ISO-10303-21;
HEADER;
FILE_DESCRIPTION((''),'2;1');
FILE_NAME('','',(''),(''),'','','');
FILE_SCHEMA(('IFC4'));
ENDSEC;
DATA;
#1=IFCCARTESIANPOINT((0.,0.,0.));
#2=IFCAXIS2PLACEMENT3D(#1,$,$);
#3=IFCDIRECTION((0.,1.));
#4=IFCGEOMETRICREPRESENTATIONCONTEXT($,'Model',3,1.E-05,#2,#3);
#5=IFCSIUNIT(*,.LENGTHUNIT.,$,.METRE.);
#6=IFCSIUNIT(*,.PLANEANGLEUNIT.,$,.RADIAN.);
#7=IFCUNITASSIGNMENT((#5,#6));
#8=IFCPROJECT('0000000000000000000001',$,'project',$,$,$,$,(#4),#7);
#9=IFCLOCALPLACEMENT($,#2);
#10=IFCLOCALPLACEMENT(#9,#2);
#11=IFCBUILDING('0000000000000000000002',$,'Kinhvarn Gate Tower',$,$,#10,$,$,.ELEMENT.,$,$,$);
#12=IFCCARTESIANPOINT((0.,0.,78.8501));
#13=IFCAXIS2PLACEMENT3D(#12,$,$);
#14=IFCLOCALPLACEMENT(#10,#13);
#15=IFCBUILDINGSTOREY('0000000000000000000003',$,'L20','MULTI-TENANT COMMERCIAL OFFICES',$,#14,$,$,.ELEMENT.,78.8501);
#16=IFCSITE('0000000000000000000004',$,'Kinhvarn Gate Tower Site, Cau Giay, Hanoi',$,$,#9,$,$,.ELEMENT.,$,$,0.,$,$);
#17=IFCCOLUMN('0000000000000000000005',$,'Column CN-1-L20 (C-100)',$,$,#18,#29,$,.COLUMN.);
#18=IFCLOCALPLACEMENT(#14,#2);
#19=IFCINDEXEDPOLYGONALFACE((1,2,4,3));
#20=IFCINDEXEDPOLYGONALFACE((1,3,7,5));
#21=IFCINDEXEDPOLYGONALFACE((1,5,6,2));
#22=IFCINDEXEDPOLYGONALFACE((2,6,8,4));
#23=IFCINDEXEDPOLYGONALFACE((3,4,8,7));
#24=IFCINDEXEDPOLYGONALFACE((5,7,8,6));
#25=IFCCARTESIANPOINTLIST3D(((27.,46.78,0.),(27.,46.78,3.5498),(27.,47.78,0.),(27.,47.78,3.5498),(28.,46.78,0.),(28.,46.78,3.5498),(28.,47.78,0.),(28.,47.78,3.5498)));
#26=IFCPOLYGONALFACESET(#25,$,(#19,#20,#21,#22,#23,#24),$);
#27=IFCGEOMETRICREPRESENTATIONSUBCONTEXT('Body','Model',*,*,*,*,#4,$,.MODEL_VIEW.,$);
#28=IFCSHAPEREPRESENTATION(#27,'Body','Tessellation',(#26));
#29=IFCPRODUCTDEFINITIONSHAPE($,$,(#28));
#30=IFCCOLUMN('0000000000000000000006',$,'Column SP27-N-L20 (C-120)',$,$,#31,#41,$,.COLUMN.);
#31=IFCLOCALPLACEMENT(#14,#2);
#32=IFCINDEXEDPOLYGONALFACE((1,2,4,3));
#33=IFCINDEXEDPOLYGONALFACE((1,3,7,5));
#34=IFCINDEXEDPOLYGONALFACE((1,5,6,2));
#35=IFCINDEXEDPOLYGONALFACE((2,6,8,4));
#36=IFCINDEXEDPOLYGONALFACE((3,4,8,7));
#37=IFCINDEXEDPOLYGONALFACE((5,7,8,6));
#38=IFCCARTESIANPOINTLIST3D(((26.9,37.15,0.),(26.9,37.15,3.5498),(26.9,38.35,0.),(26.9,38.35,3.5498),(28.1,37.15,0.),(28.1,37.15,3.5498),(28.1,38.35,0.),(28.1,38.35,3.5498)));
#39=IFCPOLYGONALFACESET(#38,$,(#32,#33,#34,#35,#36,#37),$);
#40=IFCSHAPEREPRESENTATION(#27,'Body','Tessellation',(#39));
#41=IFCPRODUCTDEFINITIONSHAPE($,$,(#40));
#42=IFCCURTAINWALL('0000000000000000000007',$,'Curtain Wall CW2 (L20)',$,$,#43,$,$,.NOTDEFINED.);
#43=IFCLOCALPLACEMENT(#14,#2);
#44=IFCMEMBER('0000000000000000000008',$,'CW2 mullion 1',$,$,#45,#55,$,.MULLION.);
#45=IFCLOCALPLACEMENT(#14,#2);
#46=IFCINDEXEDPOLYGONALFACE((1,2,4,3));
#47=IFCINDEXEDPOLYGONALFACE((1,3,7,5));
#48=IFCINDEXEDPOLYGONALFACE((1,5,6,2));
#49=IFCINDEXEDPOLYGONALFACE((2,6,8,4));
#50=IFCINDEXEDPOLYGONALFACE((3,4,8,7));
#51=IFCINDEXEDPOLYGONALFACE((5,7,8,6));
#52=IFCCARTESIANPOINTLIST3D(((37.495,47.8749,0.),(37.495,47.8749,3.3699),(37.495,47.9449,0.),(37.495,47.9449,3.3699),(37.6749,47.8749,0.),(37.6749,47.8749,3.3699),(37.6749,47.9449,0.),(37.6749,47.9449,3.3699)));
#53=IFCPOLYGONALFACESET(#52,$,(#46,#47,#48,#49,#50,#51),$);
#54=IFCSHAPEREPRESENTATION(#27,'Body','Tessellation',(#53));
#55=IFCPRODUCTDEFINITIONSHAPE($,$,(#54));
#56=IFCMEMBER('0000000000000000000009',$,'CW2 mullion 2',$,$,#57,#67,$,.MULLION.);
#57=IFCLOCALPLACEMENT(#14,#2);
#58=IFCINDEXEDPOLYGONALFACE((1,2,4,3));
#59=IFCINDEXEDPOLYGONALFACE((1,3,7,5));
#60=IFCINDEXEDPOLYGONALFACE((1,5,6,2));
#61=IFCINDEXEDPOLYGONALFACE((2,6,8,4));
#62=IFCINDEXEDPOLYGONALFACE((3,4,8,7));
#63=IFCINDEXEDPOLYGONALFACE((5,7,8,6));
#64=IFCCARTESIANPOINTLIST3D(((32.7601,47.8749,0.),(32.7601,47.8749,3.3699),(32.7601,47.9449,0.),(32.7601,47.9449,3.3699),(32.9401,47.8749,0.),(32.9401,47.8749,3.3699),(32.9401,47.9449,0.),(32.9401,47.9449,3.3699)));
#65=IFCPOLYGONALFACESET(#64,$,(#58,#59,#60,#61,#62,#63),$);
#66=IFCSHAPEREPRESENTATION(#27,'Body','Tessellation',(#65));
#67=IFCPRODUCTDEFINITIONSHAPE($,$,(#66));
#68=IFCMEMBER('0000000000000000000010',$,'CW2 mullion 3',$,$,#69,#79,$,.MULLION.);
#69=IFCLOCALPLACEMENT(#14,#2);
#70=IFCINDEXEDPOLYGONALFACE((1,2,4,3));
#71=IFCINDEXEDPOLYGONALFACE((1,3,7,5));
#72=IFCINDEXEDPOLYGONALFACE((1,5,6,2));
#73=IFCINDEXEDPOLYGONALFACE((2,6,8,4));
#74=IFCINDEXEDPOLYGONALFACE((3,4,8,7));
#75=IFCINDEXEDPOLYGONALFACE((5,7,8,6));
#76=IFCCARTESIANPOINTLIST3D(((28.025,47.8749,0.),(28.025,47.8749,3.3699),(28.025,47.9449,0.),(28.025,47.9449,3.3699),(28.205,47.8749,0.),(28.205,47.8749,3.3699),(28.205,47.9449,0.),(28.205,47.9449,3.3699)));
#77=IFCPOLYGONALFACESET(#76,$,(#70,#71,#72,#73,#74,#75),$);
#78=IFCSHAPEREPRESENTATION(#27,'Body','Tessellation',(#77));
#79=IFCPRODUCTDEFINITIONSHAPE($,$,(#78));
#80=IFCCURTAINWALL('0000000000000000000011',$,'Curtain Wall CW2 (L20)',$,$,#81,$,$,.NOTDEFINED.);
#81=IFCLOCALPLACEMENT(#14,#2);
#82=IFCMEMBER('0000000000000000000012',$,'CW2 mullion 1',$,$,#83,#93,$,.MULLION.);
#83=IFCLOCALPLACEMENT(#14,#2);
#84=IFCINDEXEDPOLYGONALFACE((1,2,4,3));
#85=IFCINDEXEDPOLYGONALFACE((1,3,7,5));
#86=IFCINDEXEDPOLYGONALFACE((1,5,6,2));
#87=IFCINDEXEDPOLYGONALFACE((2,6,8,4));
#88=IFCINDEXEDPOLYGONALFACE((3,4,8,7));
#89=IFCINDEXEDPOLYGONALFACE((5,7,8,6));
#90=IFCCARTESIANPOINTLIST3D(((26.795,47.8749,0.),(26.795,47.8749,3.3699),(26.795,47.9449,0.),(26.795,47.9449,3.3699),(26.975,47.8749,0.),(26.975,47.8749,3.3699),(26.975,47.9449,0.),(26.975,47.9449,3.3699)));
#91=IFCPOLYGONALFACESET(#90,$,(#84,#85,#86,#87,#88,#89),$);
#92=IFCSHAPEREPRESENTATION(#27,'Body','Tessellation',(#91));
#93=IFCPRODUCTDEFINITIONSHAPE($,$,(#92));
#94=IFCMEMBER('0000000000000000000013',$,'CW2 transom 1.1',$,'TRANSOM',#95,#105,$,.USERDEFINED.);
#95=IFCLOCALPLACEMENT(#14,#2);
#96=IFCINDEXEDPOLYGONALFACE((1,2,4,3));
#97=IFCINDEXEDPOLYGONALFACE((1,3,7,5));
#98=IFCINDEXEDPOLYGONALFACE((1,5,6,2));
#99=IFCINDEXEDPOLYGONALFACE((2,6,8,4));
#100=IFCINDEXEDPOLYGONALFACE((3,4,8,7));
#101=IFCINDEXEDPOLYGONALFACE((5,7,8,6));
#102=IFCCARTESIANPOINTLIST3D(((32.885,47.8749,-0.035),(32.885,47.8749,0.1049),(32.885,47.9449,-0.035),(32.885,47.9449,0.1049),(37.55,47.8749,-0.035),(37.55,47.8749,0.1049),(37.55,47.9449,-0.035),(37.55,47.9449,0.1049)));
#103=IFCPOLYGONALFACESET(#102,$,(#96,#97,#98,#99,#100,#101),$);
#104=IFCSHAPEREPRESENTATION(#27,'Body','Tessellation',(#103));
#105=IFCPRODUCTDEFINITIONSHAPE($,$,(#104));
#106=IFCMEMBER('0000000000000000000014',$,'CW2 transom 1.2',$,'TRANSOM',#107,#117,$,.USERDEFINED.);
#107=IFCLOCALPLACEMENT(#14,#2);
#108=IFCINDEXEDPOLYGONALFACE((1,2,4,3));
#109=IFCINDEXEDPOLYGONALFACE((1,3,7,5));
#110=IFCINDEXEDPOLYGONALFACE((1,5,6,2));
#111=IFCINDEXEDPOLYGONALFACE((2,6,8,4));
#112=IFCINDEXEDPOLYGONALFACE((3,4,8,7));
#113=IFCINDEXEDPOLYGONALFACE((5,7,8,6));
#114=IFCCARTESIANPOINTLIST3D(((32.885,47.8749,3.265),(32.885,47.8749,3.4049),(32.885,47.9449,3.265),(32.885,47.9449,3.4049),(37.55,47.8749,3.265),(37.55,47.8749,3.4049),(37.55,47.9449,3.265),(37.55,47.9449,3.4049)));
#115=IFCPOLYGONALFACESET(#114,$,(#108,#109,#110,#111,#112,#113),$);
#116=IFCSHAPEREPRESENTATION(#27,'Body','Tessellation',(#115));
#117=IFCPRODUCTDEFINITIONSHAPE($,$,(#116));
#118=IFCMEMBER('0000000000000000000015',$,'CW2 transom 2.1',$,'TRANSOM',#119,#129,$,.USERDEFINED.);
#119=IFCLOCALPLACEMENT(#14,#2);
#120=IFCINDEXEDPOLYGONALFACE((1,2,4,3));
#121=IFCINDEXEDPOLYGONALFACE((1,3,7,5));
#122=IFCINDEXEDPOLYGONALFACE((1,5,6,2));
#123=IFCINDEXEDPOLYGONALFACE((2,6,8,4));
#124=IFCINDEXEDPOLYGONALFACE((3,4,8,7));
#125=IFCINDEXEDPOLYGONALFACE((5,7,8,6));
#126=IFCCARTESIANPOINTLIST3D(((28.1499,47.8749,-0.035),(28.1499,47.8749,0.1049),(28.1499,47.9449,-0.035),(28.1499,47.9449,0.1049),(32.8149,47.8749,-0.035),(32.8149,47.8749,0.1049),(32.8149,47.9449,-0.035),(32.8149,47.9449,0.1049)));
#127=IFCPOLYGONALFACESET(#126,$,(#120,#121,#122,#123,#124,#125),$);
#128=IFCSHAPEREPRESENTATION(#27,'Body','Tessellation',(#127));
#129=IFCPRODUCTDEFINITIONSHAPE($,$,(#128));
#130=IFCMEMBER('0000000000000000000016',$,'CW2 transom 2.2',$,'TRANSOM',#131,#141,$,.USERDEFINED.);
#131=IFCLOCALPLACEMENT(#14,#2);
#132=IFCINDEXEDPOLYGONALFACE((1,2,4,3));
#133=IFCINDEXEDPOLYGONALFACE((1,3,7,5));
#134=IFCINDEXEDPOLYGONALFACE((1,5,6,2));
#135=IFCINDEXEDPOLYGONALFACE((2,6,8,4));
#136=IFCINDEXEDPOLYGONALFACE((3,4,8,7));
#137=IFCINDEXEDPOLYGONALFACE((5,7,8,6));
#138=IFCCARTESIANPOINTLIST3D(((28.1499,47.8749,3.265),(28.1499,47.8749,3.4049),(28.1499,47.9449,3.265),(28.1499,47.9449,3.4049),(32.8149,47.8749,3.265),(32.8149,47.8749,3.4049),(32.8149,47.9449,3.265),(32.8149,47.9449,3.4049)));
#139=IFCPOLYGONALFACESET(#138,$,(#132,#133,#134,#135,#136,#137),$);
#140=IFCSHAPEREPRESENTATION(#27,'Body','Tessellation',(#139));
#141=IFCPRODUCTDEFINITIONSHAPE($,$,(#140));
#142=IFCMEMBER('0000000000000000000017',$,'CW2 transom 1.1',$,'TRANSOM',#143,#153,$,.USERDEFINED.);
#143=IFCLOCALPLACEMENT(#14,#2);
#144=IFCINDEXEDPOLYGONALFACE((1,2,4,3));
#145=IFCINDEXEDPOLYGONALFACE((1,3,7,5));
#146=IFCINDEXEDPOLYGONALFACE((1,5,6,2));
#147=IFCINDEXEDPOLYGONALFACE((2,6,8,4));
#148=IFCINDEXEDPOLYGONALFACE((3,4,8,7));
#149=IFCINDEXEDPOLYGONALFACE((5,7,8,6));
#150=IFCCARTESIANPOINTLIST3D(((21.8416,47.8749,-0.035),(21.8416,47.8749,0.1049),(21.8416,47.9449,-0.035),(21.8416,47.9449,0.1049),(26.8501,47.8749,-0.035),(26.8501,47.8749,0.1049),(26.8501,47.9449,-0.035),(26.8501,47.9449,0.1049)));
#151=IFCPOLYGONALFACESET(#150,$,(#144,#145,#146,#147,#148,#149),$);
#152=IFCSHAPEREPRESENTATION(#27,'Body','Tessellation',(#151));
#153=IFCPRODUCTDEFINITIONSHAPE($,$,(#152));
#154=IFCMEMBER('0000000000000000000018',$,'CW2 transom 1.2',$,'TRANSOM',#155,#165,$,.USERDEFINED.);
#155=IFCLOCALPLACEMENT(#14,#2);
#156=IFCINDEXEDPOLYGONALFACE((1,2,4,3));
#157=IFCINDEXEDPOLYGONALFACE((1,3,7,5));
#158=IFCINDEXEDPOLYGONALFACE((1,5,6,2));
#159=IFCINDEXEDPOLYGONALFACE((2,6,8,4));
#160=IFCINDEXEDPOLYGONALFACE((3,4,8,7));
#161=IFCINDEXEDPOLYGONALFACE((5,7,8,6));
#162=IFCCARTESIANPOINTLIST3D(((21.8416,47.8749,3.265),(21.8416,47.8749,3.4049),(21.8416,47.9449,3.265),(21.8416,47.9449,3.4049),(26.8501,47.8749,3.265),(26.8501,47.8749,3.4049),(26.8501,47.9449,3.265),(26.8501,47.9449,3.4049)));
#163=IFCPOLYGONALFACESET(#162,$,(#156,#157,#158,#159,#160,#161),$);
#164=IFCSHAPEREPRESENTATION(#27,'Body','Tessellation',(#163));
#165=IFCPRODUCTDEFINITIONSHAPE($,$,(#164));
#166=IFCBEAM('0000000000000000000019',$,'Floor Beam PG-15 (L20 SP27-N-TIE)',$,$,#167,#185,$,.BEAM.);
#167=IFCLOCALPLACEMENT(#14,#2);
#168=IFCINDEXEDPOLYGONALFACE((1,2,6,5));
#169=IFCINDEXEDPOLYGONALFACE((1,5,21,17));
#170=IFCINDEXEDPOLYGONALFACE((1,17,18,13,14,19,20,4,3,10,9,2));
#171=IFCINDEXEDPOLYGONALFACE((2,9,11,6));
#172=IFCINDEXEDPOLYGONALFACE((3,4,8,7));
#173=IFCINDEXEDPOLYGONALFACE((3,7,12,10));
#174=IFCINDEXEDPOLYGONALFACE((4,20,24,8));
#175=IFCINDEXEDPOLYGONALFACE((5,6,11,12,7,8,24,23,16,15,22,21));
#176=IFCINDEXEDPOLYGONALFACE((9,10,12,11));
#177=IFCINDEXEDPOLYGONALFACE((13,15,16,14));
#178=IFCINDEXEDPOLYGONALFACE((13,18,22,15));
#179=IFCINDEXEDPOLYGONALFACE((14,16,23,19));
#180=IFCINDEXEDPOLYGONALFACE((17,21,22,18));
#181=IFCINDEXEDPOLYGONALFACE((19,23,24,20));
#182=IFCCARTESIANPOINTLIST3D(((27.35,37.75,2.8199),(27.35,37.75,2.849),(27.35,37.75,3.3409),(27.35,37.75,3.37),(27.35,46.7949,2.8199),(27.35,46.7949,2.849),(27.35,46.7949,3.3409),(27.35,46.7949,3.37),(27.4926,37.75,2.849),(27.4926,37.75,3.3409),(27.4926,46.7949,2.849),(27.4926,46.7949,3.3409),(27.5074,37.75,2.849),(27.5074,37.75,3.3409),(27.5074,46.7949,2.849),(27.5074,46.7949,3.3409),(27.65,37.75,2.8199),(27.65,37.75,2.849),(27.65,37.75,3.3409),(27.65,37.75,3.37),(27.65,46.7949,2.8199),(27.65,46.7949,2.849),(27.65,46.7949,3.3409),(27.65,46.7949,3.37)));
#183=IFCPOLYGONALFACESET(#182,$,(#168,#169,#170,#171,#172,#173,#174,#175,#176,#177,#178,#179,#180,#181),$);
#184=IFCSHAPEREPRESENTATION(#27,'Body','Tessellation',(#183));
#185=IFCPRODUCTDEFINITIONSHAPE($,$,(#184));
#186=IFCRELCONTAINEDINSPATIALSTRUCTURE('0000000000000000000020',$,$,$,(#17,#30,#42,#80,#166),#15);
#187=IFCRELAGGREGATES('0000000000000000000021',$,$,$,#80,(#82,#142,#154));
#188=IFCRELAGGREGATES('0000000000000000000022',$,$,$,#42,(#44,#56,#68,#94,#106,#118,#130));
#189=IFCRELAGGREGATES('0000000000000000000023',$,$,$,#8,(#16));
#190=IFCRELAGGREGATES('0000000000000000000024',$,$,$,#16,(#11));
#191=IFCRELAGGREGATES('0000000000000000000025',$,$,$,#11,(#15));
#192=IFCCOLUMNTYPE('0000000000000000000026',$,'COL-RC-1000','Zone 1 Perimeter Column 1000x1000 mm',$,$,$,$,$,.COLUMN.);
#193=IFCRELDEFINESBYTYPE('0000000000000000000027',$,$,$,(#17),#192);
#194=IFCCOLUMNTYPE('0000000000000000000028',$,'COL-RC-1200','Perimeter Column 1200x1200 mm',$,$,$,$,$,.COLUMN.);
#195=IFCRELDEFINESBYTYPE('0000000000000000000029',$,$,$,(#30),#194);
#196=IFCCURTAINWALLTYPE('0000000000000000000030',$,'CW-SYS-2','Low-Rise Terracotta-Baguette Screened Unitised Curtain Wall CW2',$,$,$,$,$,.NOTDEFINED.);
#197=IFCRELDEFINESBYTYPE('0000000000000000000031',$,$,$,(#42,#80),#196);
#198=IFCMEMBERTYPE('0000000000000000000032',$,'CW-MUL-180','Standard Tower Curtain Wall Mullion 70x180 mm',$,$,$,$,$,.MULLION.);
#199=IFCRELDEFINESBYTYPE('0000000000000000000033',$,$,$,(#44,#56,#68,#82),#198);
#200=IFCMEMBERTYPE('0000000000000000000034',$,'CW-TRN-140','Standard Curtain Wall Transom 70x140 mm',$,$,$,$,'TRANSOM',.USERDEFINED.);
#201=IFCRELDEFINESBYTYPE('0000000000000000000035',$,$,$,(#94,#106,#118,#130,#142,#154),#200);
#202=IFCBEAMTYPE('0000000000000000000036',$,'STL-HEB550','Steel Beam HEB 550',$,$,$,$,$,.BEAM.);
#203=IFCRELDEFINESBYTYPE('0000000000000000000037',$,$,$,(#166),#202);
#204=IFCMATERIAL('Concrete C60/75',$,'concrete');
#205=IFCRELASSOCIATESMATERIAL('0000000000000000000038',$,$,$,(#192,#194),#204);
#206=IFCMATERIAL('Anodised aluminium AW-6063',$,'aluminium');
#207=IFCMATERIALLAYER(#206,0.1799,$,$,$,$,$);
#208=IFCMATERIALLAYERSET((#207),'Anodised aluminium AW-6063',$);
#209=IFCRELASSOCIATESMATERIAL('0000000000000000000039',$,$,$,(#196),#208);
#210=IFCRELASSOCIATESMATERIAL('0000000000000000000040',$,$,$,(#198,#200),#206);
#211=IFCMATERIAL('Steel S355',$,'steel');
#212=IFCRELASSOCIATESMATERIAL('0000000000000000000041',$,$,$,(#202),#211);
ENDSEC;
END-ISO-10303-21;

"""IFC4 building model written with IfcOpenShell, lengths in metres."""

from ifc_helpers import new_model, si_unit, direction, frame, origin, origin_2d, place, context, subcontext, project, spatial, rectangle, i_section, extrude, material, layer, layer_set, material_profile, profile_set, type_object, element, aggregate, save


model = new_model("IFC4")

# Units and contexts
model_context = context("Model", 3, precision=1e-05, world=origin(), true_north=direction((0.0, 1.0)))
body_context = subcontext(model_context, "Body", "Model", "MODEL_VIEW")
ifc_project = project(units=[si_unit("LENGTHUNIT", "METRE"), si_unit("PLANEANGLEUNIT", "RADIAN")], contexts=[model_context])

# Site, building, storey
site_placement = place(None, origin())
site = spatial("IfcSite", under=ifc_project, at=site_placement, Name="Kinhvarn Gate Tower Site, Cau Giay, Hanoi", CompositionType="ELEMENT", RefElevation=0.0)
building_placement = place(site_placement, origin())
building = spatial("IfcBuilding", under=site, at=building_placement, Name="Kinhvarn Gate Tower", CompositionType="ELEMENT")
storey_placement = place(building_placement, frame((0.0, 0.0, 78.8501)))
storey = spatial("IfcBuildingStorey", under=building, at=storey_placement, Name="L20", Description="MULTI-TENANT COMMERCIAL OFFICES", CompositionType="ELEMENT", Elevation=78.8501)

# Columns
ifc_material_1 = material(Name="Concrete C60/75", Category="concrete")
ifc_material_profile_1 = material_profile(ifc_material_1, rectangle(XDim=1.0, YDim=1.0, at=origin_2d()), Name="RC 1000x1000")
ifc_profile_set_1 = profile_set([ifc_material_profile_1], Name="Concrete C60/75")
column_type_1 = type_object("IfcColumnType", Name="COL-RC-1000", Description="Zone 1 Perimeter Column 1000x1000 mm", PredefinedType="COLUMN", material=ifc_profile_set_1)
column_1_placement = place(storey_placement, frame((27.5, 47.28, 0.0), z_axis=(0.0, 0.0, 1.0), x_axis=(1.0, 0.0, 0.0)))
element("IfcColumn", 1, at=column_1_placement, inside=storey, type_object=column_type_1, Name="Column CN-1-L20 (C-100)", PredefinedType="COLUMN", context=body_context, shape_type="SweptSolid", body=[
    extrude(rectangle(XDim=1.0, YDim=1.0, at=origin_2d()), origin(), (0.0, 0.0, 1.0), 3.5498),
])
ifc_material_profile_2 = material_profile(ifc_material_1, rectangle(XDim=1.2, YDim=1.2, at=origin_2d()), Name="RC 1200x1200")
ifc_profile_set_2 = profile_set([ifc_material_profile_2], Name="Concrete C60/75")
column_type_2 = type_object("IfcColumnType", Name="COL-RC-1200", Description="Perimeter Column 1200x1200 mm", PredefinedType="COLUMN", material=ifc_profile_set_2)
column_2_placement = place(storey_placement, frame((27.5, 37.75, 0.0), z_axis=(0.0, 0.0, 1.0), x_axis=(1.0, 0.0, 0.0)))
element("IfcColumn", 2, at=column_2_placement, inside=storey, type_object=column_type_2, Name="Column SP27-N-L20 (C-120)", PredefinedType="COLUMN", context=body_context, shape_type="SweptSolid", body=[
    extrude(rectangle(XDim=1.2, YDim=1.2, at=origin_2d()), origin(), (0.0, 0.0, 1.0), 3.5498),
])

# Curtain wall, members
ifc_material_2 = material(Name="Anodised aluminium AW-6063", Category="aluminium")
ifc_layer_1 = layer(ifc_material_2, 0.1799)
ifc_layer_set_1 = layer_set([ifc_layer_1], Name="Anodised aluminium AW-6063")
curtain_wall_type = type_object("IfcCurtainWallType", Name="CW-SYS-2", Description="Low-Rise Terracotta-Baguette Screened Unitised Curtain Wall CW2", PredefinedType="NOTDEFINED", material=ifc_layer_set_1)
curtain_wall_1_placement = place(storey_placement, origin())
curtain_wall_1 = element("IfcCurtainWall", 3, at=curtain_wall_1_placement, inside=storey, type_object=curtain_wall_type, Name="Curtain Wall CW2 (L20)", PredefinedType="NOTDEFINED")
ifc_material_profile_3 = material_profile(ifc_material_2, rectangle(XDim=0.0701, YDim=0.1799, at=origin_2d()), Name="ALU 70x180")
ifc_profile_set_3 = profile_set([ifc_material_profile_3], Name="Anodised aluminium AW-6063")
member_type_1 = type_object("IfcMemberType", Name="CW-MUL-180", Description="Standard Tower Curtain Wall Mullion 70x180 mm", PredefinedType="MULLION", material=ifc_profile_set_3)
member_1_placement = place(storey_placement, frame((37.585, 47.9099, 0.0), z_axis=(0.0, 0.0, 1.0), x_axis=(0.0, -1.0, 0.0)))
member_1 = element("IfcMember", 4, at=member_1_placement, type_object=member_type_1, Name="CW2 mullion 1", PredefinedType="MULLION", context=body_context, shape_type="SweptSolid", body=[
    extrude(rectangle(XDim=0.0701, YDim=0.1799, at=origin_2d()), origin(), (0.0, 0.0, 1.0), 3.3699),
])
member_2_placement = place(storey_placement, frame((32.8501, 47.9099, 0.0), z_axis=(0.0, 0.0, 1.0), x_axis=(0.0, -1.0, 0.0)))
member_2 = element("IfcMember", 5, at=member_2_placement, type_object=member_type_1, Name="CW2 mullion 2", PredefinedType="MULLION", context=body_context, shape_type="SweptSolid", body=[
    extrude(rectangle(XDim=0.0701, YDim=0.1799, at=origin_2d()), origin(), (0.0, 0.0, 1.0), 3.3699),
])
member_3_placement = place(storey_placement, frame((28.115, 47.9099, 0.0), z_axis=(0.0, 0.0, 1.0), x_axis=(0.0, -1.0, 0.0)))
member_3 = element("IfcMember", 6, at=member_3_placement, type_object=member_type_1, Name="CW2 mullion 3", PredefinedType="MULLION", context=body_context, shape_type="SweptSolid", body=[
    extrude(rectangle(XDim=0.0701, YDim=0.1799, at=origin_2d()), origin(), (0.0, 0.0, 1.0), 3.3699),
])

# Curtain wall, member
curtain_wall_2_placement = place(storey_placement, origin())
curtain_wall_2 = element("IfcCurtainWall", 7, at=curtain_wall_2_placement, inside=storey, type_object=curtain_wall_type, Name="Curtain Wall CW2 (L20)", PredefinedType="NOTDEFINED")
member_4_placement = place(storey_placement, frame((26.885, 47.9099, 0.0), z_axis=(0.0, 0.0, 1.0), x_axis=(0.0, -1.0, 0.0)))
member_4 = element("IfcMember", 8, at=member_4_placement, type_object=member_type_1, Name="CW2 mullion 1", PredefinedType="MULLION", context=body_context, shape_type="SweptSolid", body=[
    extrude(rectangle(XDim=0.0701, YDim=0.1799, at=origin_2d()), origin(), (0.0, 0.0, 1.0), 3.3699),
])

# Members
ifc_material_profile_4 = material_profile(ifc_material_2, rectangle(XDim=0.0701, YDim=0.1399, at=origin_2d()), Name="ALU 70x140")
ifc_profile_set_4 = profile_set([ifc_material_profile_4], Name="Anodised aluminium AW-6063")
member_type_2 = type_object("IfcMemberType", Name="CW-TRN-140", Description="Standard Curtain Wall Transom 70x140 mm", ElementType="TRANSOM", PredefinedType="USERDEFINED", material=ifc_profile_set_4)
member_5_placement = place(storey_placement, frame((37.55, 47.9099, 0.0349), z_axis=(-1.0, 0.0, 0.0), x_axis=(0.0, -1.0, 0.0)))
member_5 = element("IfcMember", 9, at=member_5_placement, type_object=member_type_2, Name="CW2 transom 1.1", ObjectType="TRANSOM", PredefinedType="USERDEFINED", context=body_context, shape_type="SweptSolid", body=[
    extrude(rectangle(XDim=0.0701, YDim=0.1399, at=origin_2d()), origin(), (0.0, 0.0, 1.0), 4.665),
])
member_6_placement = place(storey_placement, frame((37.55, 47.9099, 3.335), z_axis=(-1.0, 0.0, 0.0), x_axis=(0.0, -1.0, 0.0)))
member_6 = element("IfcMember", 10, at=member_6_placement, type_object=member_type_2, Name="CW2 transom 1.2", ObjectType="TRANSOM", PredefinedType="USERDEFINED", context=body_context, shape_type="SweptSolid", body=[
    extrude(rectangle(XDim=0.0701, YDim=0.1399, at=origin_2d()), origin(), (0.0, 0.0, 1.0), 4.665),
])
member_7_placement = place(storey_placement, frame((32.8149, 47.9099, 0.0349), z_axis=(-1.0, 0.0, 0.0), x_axis=(0.0, -1.0, 0.0)))
member_7 = element("IfcMember", 11, at=member_7_placement, type_object=member_type_2, Name="CW2 transom 2.1", ObjectType="TRANSOM", PredefinedType="USERDEFINED", context=body_context, shape_type="SweptSolid", body=[
    extrude(rectangle(XDim=0.0701, YDim=0.1399, at=origin_2d()), origin(), (0.0, 0.0, 1.0), 4.665),
])
member_8_placement = place(storey_placement, frame((32.8149, 47.9099, 3.335), z_axis=(-1.0, 0.0, 0.0), x_axis=(0.0, -1.0, 0.0)))
member_8 = element("IfcMember", 12, at=member_8_placement, type_object=member_type_2, Name="CW2 transom 2.2", ObjectType="TRANSOM", PredefinedType="USERDEFINED", context=body_context, shape_type="SweptSolid", body=[
    extrude(rectangle(XDim=0.0701, YDim=0.1399, at=origin_2d()), origin(), (0.0, 0.0, 1.0), 4.665),
])
member_9_placement = place(storey_placement, frame((26.8501, 47.9099, 0.0349), z_axis=(-1.0, 0.0, 0.0), x_axis=(0.0, -1.0, 0.0)))
member_9 = element("IfcMember", 13, at=member_9_placement, type_object=member_type_2, Name="CW2 transom 1.1", ObjectType="TRANSOM", PredefinedType="USERDEFINED", context=body_context, shape_type="SweptSolid", body=[
    extrude(rectangle(XDim=0.0701, YDim=0.1399, at=origin_2d()), origin(), (0.0, 0.0, 1.0), 5.0085),
])
member_10_placement = place(storey_placement, frame((26.8501, 47.9099, 3.335), z_axis=(-1.0, 0.0, 0.0), x_axis=(0.0, -1.0, 0.0)))
member_10 = element("IfcMember", 14, at=member_10_placement, type_object=member_type_2, Name="CW2 transom 1.2", ObjectType="TRANSOM", PredefinedType="USERDEFINED", context=body_context, shape_type="SweptSolid", body=[
    extrude(rectangle(XDim=0.0701, YDim=0.1399, at=origin_2d()), origin(), (0.0, 0.0, 1.0), 5.0085),
])
aggregate(curtain_wall_2, [member_4, member_9, member_10])

# Beam
ifc_material_3 = material(Name="Steel S355", Category="steel")
ifc_material_profile_5 = material_profile(ifc_material_3, i_section(OverallWidth=0.3, OverallDepth=0.55, WebThickness=0.0149, FlangeThickness=0.0291, at=origin_2d()), Name="HEB 550")
ifc_profile_set_5 = profile_set([ifc_material_profile_5], Name="Steel S355")
beam_type_1 = type_object("IfcBeamType", Name="STL-HEB550", Description="Steel Beam HEB 550", PredefinedType="BEAM", material=ifc_profile_set_5)
beam_1_placement = place(storey_placement, frame((27.5, 37.75, 3.095), z_axis=(0.0, 1.0, 0.0), x_axis=(-1.0, 0.0, 0.0)))
element("IfcBeam", 15, at=beam_1_placement, inside=storey, type_object=beam_type_1, Name="Floor Beam PG-15 (L20 SP27-N-TIE)", PredefinedType="BEAM", context=body_context, shape_type="SweptSolid", body=[
    extrude(i_section(OverallWidth=0.3, OverallDepth=0.55, WebThickness=0.0149, FlangeThickness=0.0291, at=origin_2d()), origin(), (0.0, 0.0, 1.0), 9.0449),
])

aggregate(curtain_wall_1, [member_1, member_2, member_3, member_5, member_6, member_7, member_8])

save(model, "model.ifc")
